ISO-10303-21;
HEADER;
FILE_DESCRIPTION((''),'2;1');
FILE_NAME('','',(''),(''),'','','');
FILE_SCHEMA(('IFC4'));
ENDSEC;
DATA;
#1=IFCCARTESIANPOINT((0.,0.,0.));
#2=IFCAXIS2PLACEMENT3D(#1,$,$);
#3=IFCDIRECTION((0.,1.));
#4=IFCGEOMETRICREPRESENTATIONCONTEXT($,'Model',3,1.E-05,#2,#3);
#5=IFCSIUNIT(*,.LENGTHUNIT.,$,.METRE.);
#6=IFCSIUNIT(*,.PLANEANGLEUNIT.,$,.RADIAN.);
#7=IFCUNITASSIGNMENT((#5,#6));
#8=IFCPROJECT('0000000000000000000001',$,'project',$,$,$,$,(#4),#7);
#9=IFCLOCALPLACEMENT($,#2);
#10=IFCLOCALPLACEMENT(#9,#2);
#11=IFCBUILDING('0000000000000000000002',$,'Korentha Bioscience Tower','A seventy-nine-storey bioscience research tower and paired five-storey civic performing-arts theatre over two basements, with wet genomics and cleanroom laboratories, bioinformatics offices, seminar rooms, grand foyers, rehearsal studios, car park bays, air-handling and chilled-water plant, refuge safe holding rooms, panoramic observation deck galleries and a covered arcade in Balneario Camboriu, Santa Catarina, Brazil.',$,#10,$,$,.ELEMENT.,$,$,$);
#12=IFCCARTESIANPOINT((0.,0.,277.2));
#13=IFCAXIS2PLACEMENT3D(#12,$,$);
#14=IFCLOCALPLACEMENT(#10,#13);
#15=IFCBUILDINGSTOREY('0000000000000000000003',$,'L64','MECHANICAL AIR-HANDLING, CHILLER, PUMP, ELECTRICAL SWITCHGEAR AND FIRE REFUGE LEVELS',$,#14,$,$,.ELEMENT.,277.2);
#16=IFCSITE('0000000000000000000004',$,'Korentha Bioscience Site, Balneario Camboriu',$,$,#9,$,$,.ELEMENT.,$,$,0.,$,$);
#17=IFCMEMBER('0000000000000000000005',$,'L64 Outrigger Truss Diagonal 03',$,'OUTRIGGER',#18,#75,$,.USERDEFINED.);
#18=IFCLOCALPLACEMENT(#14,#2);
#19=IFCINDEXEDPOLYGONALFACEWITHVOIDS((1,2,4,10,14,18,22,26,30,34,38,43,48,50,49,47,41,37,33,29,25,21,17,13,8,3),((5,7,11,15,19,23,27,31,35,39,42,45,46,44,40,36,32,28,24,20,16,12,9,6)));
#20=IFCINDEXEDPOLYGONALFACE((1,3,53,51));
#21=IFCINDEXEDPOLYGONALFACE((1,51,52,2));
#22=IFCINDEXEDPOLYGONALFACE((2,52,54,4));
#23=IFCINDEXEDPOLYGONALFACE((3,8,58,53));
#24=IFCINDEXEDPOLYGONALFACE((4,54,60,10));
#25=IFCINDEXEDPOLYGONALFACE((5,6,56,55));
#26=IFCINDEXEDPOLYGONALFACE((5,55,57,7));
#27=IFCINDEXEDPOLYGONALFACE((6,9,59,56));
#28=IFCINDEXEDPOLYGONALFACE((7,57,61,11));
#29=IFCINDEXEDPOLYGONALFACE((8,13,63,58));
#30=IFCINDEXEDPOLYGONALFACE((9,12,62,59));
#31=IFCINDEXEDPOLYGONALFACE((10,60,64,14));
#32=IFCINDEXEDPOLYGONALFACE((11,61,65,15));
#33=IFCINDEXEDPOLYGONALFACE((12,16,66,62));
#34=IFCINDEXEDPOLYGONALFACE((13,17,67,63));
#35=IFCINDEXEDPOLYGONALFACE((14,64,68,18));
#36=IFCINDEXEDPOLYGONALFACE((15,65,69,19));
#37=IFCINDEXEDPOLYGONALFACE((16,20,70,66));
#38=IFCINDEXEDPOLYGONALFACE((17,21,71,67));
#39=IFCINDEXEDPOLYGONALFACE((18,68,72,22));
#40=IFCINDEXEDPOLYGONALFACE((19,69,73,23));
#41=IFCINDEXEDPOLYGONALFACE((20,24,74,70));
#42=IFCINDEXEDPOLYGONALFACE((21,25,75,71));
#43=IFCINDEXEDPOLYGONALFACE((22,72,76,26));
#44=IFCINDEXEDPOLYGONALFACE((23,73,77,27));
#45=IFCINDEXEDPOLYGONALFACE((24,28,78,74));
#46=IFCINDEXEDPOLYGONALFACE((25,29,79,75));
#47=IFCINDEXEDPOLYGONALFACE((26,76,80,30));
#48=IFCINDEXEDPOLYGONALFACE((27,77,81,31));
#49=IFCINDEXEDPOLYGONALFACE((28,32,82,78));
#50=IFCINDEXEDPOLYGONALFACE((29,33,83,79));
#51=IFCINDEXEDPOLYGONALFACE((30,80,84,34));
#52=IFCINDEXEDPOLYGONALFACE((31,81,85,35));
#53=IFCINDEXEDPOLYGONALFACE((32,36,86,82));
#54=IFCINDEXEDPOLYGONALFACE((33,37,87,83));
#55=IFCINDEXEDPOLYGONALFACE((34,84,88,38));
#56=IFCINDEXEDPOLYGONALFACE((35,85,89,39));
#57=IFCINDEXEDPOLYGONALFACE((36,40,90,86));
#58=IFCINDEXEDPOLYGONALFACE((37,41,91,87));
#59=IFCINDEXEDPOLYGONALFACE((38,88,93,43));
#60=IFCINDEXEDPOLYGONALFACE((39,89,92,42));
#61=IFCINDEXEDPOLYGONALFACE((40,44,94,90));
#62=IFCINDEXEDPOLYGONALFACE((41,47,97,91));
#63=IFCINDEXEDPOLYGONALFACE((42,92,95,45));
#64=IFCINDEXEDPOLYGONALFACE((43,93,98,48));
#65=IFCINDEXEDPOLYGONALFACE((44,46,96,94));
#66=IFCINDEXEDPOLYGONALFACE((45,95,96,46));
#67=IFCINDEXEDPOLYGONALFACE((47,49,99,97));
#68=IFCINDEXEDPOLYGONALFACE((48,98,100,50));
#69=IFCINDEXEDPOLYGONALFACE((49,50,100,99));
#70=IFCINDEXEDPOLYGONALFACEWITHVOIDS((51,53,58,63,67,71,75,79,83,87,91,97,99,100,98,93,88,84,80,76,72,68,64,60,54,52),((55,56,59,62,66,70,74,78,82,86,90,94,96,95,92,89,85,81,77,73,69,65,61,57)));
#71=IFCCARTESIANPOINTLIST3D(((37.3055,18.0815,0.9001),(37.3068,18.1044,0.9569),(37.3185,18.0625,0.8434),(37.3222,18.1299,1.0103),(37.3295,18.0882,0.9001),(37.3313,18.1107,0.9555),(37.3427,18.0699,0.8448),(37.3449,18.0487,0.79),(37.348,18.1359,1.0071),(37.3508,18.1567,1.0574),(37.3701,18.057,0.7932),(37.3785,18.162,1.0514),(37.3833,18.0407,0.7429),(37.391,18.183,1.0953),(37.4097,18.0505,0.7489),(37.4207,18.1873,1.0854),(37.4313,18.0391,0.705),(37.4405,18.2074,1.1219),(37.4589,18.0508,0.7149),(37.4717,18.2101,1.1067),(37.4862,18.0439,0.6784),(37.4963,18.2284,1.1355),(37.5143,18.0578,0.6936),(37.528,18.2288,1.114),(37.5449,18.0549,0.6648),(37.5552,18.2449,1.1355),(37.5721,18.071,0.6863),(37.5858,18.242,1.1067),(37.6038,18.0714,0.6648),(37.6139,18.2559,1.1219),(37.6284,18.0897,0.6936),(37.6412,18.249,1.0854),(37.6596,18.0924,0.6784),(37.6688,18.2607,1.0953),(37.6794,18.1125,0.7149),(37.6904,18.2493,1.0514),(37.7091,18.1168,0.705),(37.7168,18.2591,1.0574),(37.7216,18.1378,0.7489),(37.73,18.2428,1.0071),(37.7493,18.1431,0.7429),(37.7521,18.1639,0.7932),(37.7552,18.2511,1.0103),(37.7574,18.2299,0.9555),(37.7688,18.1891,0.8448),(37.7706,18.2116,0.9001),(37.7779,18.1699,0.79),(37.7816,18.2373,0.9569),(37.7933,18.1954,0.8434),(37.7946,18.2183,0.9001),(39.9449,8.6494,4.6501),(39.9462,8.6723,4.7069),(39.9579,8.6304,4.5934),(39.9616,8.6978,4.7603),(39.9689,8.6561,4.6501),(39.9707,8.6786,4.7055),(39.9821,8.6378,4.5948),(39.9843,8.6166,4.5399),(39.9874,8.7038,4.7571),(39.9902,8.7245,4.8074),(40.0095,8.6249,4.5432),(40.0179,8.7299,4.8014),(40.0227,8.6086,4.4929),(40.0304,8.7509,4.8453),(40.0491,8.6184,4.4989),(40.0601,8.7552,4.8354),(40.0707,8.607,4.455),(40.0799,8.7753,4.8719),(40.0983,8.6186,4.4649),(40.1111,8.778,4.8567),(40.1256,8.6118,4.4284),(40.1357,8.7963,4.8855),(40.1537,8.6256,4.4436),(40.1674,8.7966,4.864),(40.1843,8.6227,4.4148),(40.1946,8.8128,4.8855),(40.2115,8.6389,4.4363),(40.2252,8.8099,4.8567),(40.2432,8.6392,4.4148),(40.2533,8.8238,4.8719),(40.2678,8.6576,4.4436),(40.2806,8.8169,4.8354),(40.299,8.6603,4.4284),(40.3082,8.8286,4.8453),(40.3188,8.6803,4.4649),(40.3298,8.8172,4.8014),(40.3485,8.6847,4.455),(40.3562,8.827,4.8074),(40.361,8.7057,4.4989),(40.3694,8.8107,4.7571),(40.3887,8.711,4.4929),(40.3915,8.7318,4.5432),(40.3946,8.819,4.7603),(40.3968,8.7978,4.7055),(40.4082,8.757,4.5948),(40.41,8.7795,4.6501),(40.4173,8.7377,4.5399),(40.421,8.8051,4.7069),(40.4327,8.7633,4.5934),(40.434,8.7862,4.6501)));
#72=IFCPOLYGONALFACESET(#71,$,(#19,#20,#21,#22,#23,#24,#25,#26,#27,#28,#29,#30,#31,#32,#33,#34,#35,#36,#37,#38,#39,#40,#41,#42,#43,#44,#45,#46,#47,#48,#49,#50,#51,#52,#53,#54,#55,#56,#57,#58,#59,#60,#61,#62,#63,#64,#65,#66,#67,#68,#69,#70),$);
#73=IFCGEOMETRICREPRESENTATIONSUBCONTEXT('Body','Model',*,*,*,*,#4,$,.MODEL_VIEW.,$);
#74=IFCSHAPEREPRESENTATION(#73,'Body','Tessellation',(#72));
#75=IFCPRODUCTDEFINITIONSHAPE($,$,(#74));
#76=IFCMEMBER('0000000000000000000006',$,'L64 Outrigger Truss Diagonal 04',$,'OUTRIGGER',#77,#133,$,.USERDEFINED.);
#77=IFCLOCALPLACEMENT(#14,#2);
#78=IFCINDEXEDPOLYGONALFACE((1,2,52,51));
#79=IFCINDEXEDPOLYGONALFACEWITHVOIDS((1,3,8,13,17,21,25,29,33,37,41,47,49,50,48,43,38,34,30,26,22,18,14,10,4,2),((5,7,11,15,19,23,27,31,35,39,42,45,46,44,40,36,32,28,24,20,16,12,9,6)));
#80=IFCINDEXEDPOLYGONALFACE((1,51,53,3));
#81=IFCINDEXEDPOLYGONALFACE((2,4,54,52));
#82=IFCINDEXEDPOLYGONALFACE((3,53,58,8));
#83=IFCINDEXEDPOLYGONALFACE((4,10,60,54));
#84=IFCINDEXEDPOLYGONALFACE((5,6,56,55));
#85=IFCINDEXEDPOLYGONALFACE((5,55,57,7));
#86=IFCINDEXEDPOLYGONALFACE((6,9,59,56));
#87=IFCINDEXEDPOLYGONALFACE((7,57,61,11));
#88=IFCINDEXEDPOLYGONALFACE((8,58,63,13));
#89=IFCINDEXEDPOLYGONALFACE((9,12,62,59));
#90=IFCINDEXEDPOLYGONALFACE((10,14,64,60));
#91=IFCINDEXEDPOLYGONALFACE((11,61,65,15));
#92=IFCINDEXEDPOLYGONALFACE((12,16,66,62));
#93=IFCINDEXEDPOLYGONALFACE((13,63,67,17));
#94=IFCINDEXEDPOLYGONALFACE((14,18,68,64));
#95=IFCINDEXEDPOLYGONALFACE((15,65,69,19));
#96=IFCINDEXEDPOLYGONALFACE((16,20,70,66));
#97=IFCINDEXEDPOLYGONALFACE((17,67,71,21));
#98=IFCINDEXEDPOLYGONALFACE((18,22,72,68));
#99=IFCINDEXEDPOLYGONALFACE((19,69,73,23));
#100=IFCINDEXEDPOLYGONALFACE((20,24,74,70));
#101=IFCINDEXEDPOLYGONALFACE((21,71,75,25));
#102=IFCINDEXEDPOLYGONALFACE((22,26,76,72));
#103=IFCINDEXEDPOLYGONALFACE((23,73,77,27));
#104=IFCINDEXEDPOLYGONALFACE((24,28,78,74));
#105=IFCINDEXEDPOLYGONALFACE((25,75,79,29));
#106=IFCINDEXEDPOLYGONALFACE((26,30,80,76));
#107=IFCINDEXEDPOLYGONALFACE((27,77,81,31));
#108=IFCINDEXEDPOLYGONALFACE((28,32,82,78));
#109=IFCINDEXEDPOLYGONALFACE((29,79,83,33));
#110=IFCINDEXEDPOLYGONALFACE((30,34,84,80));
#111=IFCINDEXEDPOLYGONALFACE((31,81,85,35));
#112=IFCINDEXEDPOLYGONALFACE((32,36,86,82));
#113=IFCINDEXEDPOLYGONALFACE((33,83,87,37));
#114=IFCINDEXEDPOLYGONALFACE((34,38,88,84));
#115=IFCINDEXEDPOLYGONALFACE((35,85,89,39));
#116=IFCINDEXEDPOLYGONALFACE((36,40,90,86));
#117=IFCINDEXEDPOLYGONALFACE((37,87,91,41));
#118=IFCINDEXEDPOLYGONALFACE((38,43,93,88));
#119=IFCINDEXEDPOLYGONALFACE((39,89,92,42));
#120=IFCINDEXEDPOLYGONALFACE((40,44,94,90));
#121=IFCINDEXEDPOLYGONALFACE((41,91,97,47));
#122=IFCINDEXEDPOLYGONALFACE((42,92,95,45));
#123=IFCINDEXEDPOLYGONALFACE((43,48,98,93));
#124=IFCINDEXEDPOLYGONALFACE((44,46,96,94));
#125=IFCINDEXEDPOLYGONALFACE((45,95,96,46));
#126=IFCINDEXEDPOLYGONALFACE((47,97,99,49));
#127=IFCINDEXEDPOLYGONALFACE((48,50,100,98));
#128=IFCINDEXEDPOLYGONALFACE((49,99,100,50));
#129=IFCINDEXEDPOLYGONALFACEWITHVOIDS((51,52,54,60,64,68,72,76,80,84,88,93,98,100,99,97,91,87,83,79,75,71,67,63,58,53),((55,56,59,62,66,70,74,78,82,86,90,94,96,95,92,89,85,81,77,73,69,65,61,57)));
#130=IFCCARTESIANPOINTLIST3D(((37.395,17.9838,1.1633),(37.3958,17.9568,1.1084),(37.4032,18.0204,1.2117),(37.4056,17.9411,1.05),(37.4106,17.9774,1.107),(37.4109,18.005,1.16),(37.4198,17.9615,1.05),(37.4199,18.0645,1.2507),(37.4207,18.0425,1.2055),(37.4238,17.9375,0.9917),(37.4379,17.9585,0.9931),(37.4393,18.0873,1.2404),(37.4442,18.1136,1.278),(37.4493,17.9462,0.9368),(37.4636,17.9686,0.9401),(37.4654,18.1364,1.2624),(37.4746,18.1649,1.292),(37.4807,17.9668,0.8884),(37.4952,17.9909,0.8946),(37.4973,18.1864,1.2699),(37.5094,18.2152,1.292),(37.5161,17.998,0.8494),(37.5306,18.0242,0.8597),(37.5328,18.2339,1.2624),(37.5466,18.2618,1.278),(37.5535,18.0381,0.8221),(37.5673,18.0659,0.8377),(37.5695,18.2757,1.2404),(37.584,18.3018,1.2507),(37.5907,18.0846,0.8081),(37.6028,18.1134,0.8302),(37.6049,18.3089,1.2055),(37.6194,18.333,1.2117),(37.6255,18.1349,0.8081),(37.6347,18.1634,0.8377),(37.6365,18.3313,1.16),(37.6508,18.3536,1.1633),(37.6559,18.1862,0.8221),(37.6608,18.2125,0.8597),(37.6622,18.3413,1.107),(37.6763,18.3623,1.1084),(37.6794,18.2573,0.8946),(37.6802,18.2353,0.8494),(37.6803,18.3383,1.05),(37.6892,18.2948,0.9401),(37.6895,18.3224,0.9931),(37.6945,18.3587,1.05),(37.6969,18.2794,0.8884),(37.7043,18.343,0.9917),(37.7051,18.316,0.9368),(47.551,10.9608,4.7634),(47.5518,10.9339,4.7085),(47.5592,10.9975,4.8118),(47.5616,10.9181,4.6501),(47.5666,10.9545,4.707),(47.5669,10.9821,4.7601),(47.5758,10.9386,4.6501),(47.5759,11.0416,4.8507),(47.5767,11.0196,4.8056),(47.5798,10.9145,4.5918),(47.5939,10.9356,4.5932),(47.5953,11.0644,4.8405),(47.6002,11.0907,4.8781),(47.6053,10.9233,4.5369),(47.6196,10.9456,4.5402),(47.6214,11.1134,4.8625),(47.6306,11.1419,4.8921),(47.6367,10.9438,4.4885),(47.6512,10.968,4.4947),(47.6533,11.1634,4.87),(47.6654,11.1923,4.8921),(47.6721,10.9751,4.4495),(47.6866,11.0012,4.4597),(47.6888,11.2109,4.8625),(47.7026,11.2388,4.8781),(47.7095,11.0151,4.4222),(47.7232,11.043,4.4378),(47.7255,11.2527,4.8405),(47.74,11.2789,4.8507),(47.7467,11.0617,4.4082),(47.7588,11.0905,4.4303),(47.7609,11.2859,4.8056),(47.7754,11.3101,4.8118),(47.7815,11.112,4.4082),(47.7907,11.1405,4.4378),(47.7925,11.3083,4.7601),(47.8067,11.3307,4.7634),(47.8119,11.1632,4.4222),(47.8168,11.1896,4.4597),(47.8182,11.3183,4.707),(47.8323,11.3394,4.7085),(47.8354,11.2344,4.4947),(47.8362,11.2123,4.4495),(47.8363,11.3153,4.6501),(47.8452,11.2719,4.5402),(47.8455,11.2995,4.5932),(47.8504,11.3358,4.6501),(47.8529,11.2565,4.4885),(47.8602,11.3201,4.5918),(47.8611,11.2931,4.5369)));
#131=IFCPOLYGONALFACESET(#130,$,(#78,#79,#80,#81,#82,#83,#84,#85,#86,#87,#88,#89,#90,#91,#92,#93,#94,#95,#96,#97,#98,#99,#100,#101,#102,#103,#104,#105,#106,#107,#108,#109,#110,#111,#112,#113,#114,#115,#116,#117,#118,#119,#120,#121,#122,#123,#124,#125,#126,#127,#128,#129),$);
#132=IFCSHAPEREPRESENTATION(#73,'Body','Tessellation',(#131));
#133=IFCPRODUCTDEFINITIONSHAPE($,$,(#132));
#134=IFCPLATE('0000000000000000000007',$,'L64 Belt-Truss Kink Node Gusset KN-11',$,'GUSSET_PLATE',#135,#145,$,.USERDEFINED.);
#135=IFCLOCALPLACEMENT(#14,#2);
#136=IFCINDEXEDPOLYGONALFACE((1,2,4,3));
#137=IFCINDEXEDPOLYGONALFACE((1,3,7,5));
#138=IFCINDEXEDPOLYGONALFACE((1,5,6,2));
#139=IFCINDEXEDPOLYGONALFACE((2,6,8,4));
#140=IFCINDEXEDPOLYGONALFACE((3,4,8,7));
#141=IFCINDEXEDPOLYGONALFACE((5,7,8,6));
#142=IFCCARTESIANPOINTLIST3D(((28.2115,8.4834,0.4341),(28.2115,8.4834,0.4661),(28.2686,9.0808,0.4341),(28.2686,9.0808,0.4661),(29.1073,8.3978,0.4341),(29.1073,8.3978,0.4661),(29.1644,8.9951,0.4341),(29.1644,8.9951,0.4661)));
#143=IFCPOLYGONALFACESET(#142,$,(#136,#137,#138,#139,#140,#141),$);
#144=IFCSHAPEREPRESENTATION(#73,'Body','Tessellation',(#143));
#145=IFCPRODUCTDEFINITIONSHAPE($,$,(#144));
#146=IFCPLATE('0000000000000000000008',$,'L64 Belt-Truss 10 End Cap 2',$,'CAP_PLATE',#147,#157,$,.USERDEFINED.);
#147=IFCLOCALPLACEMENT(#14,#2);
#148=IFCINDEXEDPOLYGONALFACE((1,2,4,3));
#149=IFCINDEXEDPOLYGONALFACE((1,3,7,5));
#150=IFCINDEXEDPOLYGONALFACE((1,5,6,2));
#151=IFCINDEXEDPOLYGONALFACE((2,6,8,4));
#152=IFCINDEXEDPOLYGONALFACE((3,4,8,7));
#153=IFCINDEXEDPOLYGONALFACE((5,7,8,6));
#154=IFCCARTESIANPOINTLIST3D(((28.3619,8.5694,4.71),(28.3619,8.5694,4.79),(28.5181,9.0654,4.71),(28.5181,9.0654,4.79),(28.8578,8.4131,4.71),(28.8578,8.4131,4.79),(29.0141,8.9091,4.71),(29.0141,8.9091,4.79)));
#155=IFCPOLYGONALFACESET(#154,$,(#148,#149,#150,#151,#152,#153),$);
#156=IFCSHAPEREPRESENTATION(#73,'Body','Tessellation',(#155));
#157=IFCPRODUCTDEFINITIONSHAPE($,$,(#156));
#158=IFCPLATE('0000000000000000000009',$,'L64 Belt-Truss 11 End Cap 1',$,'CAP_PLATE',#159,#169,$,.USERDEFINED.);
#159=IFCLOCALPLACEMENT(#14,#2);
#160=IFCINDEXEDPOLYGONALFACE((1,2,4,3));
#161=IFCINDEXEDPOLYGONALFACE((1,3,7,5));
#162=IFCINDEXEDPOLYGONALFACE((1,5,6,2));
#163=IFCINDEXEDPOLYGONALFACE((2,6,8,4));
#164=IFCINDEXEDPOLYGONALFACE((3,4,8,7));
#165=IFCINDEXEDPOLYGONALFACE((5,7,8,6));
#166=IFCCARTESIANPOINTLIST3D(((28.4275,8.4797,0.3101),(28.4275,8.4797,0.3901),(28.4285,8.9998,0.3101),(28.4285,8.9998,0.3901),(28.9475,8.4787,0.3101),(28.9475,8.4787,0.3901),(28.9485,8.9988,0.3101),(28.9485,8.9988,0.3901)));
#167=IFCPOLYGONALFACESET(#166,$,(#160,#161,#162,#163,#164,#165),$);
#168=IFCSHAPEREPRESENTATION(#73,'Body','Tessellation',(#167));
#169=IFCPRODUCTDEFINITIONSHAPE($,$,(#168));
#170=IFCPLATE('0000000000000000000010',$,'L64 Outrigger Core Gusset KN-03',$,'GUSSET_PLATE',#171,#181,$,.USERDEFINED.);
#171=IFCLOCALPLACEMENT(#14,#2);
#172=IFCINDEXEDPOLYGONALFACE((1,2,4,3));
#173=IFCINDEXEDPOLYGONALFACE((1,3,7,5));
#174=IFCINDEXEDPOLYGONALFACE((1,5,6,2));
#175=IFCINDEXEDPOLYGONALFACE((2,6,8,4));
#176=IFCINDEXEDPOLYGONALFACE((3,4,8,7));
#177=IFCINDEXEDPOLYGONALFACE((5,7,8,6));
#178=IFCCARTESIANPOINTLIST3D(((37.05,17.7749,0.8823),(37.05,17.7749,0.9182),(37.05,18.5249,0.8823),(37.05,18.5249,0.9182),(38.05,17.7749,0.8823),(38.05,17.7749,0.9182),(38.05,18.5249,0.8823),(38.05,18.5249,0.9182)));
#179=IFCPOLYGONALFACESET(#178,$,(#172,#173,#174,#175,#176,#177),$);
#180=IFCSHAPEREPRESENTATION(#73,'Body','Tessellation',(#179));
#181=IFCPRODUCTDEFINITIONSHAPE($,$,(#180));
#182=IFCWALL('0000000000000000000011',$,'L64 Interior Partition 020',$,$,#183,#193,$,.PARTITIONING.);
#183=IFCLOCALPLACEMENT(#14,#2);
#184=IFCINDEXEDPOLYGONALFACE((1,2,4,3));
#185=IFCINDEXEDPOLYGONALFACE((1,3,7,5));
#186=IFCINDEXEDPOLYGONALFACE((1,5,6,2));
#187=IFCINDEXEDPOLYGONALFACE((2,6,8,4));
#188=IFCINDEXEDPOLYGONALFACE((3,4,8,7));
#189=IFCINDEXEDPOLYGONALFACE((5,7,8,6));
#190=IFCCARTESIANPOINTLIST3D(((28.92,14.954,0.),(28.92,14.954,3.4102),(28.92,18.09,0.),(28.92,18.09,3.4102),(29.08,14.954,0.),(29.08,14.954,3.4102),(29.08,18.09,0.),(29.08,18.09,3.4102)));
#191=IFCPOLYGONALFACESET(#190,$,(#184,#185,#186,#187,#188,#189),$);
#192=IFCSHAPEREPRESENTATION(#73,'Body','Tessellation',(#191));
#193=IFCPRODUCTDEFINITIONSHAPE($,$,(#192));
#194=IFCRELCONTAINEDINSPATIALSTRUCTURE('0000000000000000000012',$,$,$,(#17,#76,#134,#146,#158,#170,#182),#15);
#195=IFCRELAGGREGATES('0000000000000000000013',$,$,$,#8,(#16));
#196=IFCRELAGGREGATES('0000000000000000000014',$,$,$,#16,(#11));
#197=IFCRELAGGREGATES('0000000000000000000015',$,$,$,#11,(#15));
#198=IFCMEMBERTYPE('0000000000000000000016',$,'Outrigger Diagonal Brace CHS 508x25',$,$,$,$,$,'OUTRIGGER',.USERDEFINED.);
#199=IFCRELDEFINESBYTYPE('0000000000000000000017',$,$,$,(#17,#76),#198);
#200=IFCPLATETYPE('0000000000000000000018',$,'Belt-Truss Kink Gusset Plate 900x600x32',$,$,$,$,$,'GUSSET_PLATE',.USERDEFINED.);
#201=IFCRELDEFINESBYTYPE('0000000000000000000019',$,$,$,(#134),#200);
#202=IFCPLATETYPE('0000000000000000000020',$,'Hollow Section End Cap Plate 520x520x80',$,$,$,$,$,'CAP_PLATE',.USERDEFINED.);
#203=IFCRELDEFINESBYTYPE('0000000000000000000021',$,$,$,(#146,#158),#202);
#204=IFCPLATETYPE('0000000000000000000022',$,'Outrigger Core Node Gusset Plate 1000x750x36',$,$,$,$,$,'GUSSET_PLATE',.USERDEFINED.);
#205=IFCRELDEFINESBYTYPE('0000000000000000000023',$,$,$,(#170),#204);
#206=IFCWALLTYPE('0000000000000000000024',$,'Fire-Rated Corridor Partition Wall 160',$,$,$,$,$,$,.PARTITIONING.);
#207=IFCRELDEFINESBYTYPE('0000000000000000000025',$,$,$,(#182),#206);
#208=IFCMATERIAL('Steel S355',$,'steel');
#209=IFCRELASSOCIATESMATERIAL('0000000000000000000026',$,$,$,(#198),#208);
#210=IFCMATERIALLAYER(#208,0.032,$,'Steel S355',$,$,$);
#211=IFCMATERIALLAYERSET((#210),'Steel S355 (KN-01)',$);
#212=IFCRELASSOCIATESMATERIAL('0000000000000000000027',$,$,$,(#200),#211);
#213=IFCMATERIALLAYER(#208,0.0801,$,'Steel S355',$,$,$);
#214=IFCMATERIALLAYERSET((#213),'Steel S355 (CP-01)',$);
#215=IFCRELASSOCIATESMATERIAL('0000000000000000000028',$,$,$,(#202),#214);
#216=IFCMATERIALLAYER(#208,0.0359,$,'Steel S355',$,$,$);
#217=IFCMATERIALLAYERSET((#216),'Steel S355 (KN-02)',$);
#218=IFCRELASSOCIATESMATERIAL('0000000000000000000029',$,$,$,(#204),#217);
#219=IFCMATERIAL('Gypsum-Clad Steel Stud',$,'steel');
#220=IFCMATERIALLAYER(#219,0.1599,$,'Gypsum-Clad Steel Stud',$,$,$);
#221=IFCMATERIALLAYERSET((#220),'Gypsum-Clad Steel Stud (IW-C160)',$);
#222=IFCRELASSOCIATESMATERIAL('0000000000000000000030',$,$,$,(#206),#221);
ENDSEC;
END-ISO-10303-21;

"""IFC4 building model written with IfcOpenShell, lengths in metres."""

from ifc_helpers import new_model, si_unit, direction, frame, frame_2d, origin, origin_2d, place, context, subcontext, project, spatial, rectangle, hollow_circle, extrude, material, layer, layer_set, material_profile, profile_set, type_object, element, save


model = new_model("IFC4")

# Units and contexts
model_context = context("Model", 3, precision=1e-05, world=origin(), true_north=direction((0.0, 1.0)))
body_context = subcontext(model_context, "Body", "Model", "MODEL_VIEW")
ifc_project = project(units=[si_unit("LENGTHUNIT", "METRE"), si_unit("PLANEANGLEUNIT", "RADIAN")], contexts=[model_context])

# Site, building, storey
site_placement = place(None, origin())
site = spatial("IfcSite", under=ifc_project, at=site_placement, Name="Korentha Bioscience Site, Balneario Camboriu", CompositionType="ELEMENT", RefElevation=0.0)
building_placement = place(site_placement, origin())
building = spatial("IfcBuilding", under=site, at=building_placement, Name="Korentha Bioscience Tower", Description="A seventy-nine-storey bioscience research tower and paired five-storey civic performing-arts theatre over two basements, with wet genomics and cleanroom laboratories, bioinformatics offices, seminar rooms, grand foyers, rehearsal studios, car park bays, air-handling and chilled-water plant, refuge safe holding rooms, panoramic observation deck galleries and a covered arcade in Balneario Camboriu, Santa Catarina, Brazil.", CompositionType="ELEMENT")
storey_placement = place(building_placement, frame((0.0, 0.0, 277.2)))
storey = spatial("IfcBuildingStorey", under=building, at=storey_placement, Name="L64", Description="MECHANICAL AIR-HANDLING, CHILLER, PUMP, ELECTRICAL SWITCHGEAR AND FIRE REFUGE LEVELS", CompositionType="ELEMENT", Elevation=277.2)

# Shared definitions
ifc_material_1 = material(Name="Steel S355", Category="steel")

# Members
ifc_material_profile_1 = material_profile(ifc_material_1, hollow_circle(Radius=0.2539, WallThickness=0.0249, at=origin_2d()), Name="Steel S355")
ifc_profile_set_1 = profile_set([ifc_material_profile_1], Name="Steel S355 (OU-508)")
member_type_1 = type_object("IfcMemberType", Name="Outrigger Diagonal Brace CHS 508x25", ElementType="OUTRIGGER", PredefinedType="USERDEFINED", material=ifc_profile_set_1)
member_1_placement = place(storey_placement, frame((37.55, 18.1499, 0.9001), z_axis=(0.251664, -0.899343, 0.357558), x_axis=(0.963006, 0.269479, 0.0)))
element("IfcMember", 1, at=member_1_placement, inside=storey, type_object=member_type_1, Name="L64 Outrigger Truss Diagonal 03", ObjectType="OUTRIGGER", PredefinedType="USERDEFINED", context=body_context, shape_type="SweptSolid", body=[
    extrude(hollow_circle(Radius=0.2539, WallThickness=0.0249, at=origin_2d()), origin(), (0.0, 0.0, 1.0), 10.4878),
])
member_2_placement = place(storey_placement, frame((37.55, 18.1499, 1.05), z_axis=(0.789623, -0.54603, 0.279905), x_axis=(0.568765, 0.8225, 0.0)))
element("IfcMember", 2, at=member_2_placement, inside=storey, type_object=member_type_1, Name="L64 Outrigger Truss Diagonal 04", ObjectType="OUTRIGGER", PredefinedType="USERDEFINED", context=body_context, shape_type="SweptSolid", body=[
    extrude(hollow_circle(Radius=0.2539, WallThickness=0.0249, at=origin_2d()), origin(), (0.0, 0.0, 1.0), 12.8618),
])

# Plates
ifc_layer_1 = layer(ifc_material_1, 0.032, Name="Steel S355")
ifc_layer_set_1 = layer_set([ifc_layer_1], Name="Steel S355 (KN-01)")
plate_type_1 = type_object("IfcPlateType", Name="Belt-Truss Kink Gusset Plate 900x600x32", ElementType="GUSSET_PLATE", PredefinedType="USERDEFINED", material=ifc_layer_set_1)
plate_1_placement = place(storey_placement, frame((28.688, 8.7393, 0.4341), z_axis=(0.0, 0.0, 1.0), x_axis=(-0.995463, 0.095151, 0.0)))
element("IfcPlate", 3, at=plate_1_placement, inside=storey, type_object=plate_type_1, Name="L64 Belt-Truss Kink Node Gusset KN-11", ObjectType="GUSSET_PLATE", PredefinedType="USERDEFINED", context=body_context, shape_type="SweptSolid", body=[
    extrude(rectangle(XDim=0.8999, YDim=0.6001, at=origin_2d()), origin(), (0.0, 0.0, 1.0), 0.032),
])
ifc_layer_2 = layer(ifc_material_1, 0.0801, Name="Steel S355")
ifc_layer_set_2 = layer_set([ifc_layer_2], Name="Steel S355 (CP-01)")
plate_type_2 = type_object("IfcPlateType", Name="Hollow Section End Cap Plate 520x520x80", ElementType="CAP_PLATE", PredefinedType="USERDEFINED", material=ifc_layer_set_2)
for number, where, z_axis, x_axis, name in (
    (4, (28.688, 8.7393, 4.71), (0.0, 0.0, 1.0), (-0.953769, 0.300539, 0.0), "L64 Belt-Truss 10 End Cap 2"),
    (5, (28.688, 8.7393, 0.3101), (0.0, 0.0, 1.0), (-0.999998, 0.00192, 0.0), "L64 Belt-Truss 11 End Cap 1"),
):
    element("IfcPlate", number, at=place(storey_placement, frame(where, z_axis=z_axis, x_axis=x_axis)), inside=storey, type_object=plate_type_2, Name=name, ObjectType="CAP_PLATE", PredefinedType="USERDEFINED", context=body_context, shape_type="SweptSolid", body=[
        extrude(rectangle(XDim=0.52, YDim=0.52, at=origin_2d()), origin(), (0.0, 0.0, 1.0), 0.0801),
    ])
ifc_layer_3 = layer(ifc_material_1, 0.0359, Name="Steel S355")
ifc_layer_set_3 = layer_set([ifc_layer_3], Name="Steel S355 (KN-02)")
plate_type_3 = type_object("IfcPlateType", Name="Outrigger Core Node Gusset Plate 1000x750x36", ElementType="GUSSET_PLATE", PredefinedType="USERDEFINED", material=ifc_layer_set_3)
plate_2_placement = place(storey_placement, frame((37.55, 18.1499, 0.8823), z_axis=(0.0, 0.0, 1.0), x_axis=(1.0, 0.0, 0.0)))
element("IfcPlate", 6, at=plate_2_placement, inside=storey, type_object=plate_type_3, Name="L64 Outrigger Core Gusset KN-03", ObjectType="GUSSET_PLATE", PredefinedType="USERDEFINED", context=body_context, shape_type="SweptSolid", body=[
    extrude(rectangle(XDim=1.0, YDim=0.75, at=origin_2d()), origin(), (0.0, 0.0, 1.0), 0.0359),
])

# Wall
ifc_material_2 = material(Name="Gypsum-Clad Steel Stud", Category="steel")
ifc_layer_4 = layer(ifc_material_2, 0.1599, Name="Gypsum-Clad Steel Stud")
ifc_layer_set_4 = layer_set([ifc_layer_4], Name="Gypsum-Clad Steel Stud (IW-C160)")
wall_type_1 = type_object("IfcWallType", Name="Fire-Rated Corridor Partition Wall 160", PredefinedType="PARTITIONING", material=ifc_layer_set_4)
wall_1_placement = place(storey_placement, frame((29.0, 14.9541, 0.0), z_axis=(0.0, 0.0, 1.0), x_axis=(0.0, 1.0, 0.0)))
element("IfcWall", 7, at=wall_1_placement, inside=storey, type_object=wall_type_1, Name="L64 Interior Partition 020", PredefinedType="PARTITIONING", context=body_context, shape_type="SweptSolid", body=[
    extrude(rectangle(XDim=3.136, YDim=0.1599, at=frame_2d((1.5679, 0.0))), origin(), (0.0, 0.0, 1.0), 3.4102),
])

save(model, "model.ifc")
